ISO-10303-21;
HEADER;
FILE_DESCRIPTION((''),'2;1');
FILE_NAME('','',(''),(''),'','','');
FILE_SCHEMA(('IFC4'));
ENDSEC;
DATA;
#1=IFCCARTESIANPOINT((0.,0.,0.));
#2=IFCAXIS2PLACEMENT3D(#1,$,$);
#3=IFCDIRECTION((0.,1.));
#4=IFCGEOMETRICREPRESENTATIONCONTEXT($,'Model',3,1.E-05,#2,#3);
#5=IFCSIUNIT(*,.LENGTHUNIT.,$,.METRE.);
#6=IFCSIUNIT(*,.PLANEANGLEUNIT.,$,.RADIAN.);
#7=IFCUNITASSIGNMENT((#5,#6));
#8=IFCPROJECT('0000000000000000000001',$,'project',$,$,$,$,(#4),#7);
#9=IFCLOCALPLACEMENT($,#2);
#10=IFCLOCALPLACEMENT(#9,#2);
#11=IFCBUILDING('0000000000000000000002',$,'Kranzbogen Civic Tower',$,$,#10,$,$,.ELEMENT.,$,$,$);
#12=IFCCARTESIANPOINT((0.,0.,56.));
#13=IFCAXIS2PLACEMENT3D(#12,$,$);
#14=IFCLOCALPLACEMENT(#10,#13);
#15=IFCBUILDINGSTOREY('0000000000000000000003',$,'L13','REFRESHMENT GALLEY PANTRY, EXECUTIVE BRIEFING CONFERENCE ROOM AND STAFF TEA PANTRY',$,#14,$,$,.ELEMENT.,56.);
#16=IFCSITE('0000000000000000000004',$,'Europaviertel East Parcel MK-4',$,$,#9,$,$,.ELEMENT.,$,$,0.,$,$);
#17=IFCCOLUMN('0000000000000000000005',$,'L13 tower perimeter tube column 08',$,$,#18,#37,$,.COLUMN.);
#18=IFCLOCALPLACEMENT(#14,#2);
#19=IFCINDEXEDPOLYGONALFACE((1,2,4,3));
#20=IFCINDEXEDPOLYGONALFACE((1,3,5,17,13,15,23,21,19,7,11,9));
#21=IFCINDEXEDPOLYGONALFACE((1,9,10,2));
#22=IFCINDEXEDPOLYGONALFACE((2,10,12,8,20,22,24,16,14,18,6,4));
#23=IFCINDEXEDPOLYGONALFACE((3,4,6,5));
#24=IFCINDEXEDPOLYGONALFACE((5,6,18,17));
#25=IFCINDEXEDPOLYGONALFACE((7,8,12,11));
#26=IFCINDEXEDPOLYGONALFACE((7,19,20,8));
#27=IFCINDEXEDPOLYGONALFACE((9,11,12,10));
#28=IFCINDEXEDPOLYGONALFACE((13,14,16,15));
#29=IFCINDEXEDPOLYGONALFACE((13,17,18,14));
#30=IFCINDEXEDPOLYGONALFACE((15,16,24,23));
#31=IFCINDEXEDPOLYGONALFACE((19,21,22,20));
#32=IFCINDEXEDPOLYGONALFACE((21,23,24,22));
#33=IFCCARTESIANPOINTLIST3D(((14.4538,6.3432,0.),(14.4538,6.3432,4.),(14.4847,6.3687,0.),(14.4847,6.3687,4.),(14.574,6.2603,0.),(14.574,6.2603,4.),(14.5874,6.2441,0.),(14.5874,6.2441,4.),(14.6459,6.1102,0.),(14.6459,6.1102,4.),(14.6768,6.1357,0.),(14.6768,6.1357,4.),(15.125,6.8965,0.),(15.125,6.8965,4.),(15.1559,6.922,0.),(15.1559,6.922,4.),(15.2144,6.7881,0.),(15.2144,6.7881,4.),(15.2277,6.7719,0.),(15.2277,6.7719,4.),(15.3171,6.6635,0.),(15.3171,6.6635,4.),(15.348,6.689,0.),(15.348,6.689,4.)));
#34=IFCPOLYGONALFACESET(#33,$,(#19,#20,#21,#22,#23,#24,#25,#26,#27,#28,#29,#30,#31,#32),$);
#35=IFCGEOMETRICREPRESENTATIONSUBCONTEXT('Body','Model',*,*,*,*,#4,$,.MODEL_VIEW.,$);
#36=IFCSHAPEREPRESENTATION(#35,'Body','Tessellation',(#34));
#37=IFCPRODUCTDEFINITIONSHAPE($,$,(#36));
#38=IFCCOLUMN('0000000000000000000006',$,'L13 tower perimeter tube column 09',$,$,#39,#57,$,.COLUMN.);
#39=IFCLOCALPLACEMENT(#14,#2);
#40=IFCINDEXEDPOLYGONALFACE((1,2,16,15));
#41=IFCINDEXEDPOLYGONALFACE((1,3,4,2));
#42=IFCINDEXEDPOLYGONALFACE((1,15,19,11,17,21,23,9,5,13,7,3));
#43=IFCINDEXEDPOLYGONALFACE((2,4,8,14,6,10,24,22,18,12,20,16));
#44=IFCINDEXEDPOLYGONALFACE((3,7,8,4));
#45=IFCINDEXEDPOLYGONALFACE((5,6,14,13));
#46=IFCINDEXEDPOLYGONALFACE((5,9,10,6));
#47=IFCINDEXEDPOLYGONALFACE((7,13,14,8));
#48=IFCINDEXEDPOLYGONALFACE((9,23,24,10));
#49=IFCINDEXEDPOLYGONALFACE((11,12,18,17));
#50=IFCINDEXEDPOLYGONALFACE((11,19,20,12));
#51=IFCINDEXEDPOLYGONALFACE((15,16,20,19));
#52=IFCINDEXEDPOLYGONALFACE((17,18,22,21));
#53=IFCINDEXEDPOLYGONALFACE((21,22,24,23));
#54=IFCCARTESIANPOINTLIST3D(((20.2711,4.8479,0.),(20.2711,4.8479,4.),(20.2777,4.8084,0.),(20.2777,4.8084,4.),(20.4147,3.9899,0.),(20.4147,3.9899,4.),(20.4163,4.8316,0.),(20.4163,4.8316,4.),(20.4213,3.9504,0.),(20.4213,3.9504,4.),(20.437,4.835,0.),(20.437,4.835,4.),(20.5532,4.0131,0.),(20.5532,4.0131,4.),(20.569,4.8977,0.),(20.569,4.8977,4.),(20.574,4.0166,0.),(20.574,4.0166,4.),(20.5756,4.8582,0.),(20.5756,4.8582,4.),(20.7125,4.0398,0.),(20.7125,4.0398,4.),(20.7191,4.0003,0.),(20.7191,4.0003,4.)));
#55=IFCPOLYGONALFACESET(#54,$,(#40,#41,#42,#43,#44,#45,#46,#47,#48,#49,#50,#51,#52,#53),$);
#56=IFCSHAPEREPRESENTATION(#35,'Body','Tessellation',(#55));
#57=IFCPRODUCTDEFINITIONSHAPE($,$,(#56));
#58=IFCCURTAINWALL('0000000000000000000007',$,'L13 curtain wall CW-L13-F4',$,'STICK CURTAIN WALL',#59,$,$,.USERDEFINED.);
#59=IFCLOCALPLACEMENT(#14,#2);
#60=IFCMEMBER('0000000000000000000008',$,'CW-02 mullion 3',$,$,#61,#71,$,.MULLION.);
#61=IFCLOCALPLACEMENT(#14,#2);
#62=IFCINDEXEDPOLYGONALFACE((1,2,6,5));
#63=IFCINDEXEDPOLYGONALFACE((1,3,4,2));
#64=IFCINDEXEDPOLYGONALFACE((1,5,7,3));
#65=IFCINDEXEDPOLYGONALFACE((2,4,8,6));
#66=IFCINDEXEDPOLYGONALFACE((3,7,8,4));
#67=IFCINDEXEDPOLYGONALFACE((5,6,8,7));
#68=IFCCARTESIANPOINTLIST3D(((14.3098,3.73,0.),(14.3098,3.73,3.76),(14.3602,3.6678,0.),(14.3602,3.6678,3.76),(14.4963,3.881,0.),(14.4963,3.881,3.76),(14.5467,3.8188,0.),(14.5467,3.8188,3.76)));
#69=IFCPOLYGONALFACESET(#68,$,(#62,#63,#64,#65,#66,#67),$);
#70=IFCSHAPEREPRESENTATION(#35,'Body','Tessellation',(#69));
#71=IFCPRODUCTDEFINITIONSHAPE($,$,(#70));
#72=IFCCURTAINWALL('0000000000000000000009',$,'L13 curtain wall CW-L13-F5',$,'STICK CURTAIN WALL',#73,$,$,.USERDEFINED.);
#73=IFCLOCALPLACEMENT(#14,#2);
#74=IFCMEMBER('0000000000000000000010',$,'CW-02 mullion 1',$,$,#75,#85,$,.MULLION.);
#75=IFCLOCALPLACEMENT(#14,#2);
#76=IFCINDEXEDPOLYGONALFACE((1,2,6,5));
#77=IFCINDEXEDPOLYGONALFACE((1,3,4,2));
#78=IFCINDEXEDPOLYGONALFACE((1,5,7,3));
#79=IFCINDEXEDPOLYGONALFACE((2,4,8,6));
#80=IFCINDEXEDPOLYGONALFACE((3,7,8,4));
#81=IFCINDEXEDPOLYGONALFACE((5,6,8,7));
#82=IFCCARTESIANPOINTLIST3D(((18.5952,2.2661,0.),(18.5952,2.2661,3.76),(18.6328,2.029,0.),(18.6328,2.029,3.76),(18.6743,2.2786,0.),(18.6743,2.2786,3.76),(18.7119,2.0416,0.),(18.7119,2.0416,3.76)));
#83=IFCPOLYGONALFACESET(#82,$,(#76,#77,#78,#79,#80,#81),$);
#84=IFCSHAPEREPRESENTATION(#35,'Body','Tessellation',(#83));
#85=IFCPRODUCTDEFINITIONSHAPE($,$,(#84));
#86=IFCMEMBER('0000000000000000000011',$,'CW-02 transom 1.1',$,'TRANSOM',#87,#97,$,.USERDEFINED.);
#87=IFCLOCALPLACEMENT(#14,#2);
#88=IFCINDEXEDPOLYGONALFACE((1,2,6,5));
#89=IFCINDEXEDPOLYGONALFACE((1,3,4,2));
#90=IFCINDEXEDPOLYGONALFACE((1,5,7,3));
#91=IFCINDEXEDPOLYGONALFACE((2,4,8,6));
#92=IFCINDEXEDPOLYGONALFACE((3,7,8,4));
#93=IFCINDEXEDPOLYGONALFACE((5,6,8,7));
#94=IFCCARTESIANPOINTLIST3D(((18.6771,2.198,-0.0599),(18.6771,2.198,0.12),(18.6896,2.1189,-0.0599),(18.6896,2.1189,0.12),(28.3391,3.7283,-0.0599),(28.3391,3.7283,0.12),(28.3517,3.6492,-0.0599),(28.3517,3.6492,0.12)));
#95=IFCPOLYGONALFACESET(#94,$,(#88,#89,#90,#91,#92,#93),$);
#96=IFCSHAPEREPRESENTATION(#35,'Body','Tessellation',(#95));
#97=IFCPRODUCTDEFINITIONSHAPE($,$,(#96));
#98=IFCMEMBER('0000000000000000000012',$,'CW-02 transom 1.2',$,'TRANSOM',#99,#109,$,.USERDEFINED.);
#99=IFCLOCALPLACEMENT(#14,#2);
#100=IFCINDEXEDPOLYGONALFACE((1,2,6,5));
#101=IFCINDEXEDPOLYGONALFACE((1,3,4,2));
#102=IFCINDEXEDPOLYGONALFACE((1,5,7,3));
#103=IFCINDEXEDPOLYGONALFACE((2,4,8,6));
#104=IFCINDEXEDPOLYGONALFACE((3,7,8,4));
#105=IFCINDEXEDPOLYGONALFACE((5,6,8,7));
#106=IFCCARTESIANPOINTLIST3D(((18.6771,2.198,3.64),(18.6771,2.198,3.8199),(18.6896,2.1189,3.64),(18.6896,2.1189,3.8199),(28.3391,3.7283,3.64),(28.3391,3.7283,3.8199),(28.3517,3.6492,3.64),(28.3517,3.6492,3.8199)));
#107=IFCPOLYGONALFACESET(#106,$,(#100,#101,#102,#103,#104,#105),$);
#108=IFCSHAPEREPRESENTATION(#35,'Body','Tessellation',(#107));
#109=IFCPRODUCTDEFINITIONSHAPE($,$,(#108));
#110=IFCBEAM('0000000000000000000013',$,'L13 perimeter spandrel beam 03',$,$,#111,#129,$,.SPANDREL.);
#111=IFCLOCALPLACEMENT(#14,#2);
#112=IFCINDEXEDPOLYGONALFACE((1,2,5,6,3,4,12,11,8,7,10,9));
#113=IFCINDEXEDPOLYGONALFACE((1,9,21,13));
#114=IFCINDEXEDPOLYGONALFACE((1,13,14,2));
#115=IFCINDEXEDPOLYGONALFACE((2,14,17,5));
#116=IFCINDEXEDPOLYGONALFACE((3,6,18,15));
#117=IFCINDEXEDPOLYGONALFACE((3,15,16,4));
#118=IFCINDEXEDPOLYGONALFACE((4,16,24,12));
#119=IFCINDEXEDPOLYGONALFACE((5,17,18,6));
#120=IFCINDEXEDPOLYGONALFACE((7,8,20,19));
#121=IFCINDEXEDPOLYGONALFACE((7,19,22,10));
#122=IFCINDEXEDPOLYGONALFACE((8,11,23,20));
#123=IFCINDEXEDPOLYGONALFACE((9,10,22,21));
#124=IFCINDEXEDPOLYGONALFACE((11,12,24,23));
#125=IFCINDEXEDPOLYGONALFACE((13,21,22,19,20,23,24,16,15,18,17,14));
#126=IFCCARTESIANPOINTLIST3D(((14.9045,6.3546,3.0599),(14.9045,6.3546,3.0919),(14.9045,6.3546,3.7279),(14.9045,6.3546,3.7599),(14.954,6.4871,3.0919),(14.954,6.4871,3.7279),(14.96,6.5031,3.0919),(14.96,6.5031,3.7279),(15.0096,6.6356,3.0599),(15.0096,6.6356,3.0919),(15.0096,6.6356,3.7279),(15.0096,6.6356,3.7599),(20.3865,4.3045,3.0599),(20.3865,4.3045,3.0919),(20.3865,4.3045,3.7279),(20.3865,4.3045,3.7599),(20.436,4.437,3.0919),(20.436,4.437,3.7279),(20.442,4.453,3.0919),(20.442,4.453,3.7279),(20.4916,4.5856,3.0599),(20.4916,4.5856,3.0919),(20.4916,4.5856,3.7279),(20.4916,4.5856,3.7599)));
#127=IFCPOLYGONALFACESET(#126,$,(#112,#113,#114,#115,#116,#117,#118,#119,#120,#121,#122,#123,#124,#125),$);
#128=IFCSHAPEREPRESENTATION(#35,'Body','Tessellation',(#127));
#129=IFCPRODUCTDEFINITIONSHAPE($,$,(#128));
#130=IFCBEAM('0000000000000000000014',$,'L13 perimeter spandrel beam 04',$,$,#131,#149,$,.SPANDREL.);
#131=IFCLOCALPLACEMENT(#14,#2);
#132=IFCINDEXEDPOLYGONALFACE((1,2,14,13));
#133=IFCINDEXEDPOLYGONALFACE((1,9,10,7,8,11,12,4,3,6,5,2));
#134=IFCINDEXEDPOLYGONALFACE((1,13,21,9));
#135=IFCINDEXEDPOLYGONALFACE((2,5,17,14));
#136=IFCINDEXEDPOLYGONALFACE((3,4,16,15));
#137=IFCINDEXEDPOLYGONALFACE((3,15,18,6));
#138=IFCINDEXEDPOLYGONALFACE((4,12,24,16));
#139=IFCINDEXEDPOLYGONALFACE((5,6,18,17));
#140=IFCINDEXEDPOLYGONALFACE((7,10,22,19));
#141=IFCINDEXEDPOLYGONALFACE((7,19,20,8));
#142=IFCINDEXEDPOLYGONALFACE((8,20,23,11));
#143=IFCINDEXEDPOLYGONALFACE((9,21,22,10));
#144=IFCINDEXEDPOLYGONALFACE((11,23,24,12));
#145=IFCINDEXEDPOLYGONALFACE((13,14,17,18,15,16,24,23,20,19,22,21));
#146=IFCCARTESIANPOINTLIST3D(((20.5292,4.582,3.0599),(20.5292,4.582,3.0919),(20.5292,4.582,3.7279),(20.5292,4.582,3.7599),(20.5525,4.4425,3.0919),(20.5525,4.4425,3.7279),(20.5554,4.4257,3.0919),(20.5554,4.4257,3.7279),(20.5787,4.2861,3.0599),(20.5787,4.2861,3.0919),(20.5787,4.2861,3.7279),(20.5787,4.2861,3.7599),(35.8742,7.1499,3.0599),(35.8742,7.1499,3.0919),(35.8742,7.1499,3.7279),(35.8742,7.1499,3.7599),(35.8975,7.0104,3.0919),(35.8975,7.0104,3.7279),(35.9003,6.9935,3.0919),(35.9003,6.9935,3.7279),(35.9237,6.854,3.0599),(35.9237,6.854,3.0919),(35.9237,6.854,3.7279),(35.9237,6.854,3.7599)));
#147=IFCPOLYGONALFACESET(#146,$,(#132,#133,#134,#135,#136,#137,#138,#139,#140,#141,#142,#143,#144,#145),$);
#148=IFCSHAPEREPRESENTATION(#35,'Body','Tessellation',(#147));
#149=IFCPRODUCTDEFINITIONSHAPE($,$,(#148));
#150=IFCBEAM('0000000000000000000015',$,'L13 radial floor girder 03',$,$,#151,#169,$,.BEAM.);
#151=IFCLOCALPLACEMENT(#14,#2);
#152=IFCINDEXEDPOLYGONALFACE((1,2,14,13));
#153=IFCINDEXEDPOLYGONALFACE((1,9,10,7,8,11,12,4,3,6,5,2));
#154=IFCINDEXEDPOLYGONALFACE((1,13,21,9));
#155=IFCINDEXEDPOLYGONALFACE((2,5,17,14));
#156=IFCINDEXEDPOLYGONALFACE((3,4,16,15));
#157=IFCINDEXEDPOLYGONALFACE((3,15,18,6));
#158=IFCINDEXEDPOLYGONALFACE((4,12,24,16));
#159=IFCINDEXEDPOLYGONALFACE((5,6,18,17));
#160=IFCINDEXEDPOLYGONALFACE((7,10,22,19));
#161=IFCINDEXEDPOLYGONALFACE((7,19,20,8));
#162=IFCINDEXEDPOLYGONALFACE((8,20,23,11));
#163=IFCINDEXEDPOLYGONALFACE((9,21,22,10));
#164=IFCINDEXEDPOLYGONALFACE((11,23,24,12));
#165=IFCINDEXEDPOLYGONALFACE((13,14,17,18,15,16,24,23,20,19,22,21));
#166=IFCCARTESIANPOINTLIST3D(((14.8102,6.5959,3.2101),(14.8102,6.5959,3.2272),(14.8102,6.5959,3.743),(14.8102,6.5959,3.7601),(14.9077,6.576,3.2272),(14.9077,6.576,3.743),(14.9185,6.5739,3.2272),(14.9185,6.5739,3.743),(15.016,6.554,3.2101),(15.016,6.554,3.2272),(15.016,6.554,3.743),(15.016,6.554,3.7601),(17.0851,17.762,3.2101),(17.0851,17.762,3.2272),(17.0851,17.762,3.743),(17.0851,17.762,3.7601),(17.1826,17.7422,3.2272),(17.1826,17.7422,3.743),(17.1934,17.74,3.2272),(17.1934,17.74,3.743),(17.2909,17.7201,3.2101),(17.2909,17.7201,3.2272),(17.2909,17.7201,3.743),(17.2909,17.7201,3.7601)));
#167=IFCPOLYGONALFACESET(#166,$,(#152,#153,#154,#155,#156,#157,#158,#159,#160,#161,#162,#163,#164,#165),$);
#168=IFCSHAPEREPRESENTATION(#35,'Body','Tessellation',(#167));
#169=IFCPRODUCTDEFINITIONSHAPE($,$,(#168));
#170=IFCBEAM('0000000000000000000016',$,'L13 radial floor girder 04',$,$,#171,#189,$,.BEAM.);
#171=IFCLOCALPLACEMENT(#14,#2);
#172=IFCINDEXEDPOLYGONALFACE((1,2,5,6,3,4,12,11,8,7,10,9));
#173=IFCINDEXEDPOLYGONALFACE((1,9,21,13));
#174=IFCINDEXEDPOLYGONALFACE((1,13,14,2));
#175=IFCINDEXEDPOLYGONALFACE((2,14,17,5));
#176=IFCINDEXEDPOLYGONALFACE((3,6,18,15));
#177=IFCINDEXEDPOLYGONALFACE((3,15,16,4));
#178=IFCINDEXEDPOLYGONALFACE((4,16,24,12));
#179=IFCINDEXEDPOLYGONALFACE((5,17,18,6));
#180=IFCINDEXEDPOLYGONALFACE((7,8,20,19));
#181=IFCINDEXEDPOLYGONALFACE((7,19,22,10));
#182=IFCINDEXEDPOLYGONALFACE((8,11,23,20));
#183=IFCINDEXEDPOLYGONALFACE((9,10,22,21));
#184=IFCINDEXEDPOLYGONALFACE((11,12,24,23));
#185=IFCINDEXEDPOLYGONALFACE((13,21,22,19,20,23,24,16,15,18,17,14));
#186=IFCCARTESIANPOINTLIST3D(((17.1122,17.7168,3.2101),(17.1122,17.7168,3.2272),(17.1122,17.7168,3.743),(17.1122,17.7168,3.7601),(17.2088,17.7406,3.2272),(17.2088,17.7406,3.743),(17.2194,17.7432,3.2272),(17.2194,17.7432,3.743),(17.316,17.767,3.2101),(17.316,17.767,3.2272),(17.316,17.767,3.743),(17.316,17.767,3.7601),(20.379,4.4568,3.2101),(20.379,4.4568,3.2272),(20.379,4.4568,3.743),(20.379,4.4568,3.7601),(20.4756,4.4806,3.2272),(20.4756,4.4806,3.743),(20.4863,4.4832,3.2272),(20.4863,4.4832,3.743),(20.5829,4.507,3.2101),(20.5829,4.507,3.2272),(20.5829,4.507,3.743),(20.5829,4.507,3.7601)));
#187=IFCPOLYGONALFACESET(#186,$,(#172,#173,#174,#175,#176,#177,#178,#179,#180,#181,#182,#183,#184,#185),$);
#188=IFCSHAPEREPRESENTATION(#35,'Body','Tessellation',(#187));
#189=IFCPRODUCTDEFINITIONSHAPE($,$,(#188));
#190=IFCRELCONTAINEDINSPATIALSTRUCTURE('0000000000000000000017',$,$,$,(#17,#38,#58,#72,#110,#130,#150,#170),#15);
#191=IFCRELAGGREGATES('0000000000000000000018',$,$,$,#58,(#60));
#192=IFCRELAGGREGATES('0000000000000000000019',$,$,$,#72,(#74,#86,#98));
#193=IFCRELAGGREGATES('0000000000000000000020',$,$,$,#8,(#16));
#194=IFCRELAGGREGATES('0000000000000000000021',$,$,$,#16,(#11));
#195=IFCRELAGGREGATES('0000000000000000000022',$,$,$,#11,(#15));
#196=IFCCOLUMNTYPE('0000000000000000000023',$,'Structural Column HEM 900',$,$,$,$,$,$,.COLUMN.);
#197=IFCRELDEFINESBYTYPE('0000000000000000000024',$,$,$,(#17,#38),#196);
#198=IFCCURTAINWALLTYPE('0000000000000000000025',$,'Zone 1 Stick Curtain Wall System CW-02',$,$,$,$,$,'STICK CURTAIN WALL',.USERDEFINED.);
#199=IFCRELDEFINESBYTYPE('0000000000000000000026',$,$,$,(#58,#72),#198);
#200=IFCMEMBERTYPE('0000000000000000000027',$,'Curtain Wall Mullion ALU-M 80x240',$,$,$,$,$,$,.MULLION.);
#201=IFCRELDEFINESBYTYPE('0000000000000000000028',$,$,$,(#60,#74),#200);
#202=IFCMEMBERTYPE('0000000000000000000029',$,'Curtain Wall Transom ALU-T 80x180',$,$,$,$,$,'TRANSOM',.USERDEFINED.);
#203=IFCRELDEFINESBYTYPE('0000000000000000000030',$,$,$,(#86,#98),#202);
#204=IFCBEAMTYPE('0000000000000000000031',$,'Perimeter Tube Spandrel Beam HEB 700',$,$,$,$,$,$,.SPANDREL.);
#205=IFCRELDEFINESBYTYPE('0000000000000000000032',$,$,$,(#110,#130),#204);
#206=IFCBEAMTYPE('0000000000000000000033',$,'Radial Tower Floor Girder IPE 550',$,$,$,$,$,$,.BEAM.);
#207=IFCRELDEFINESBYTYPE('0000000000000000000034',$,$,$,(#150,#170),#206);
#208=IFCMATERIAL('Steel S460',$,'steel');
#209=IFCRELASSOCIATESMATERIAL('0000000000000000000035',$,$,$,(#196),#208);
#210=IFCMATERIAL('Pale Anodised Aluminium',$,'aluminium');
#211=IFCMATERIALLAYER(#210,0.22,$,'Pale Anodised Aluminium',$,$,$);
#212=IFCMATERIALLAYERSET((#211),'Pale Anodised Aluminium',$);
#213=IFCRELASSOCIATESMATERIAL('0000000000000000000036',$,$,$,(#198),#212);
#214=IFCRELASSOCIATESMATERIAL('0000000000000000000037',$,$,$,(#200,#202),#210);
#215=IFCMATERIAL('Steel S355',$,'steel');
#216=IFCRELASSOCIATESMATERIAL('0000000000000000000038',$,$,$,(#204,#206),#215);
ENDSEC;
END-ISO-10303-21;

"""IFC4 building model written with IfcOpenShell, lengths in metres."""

from ifc_helpers import new_model, si_unit, direction, frame, origin, origin_2d, place, context, subcontext, project, spatial, rectangle, i_section, extrude, material, layer, layer_set, material_profile, profile_set, type_object, element, aggregate, save


model = new_model("IFC4")

# Units and contexts
model_context = context("Model", 3, precision=1e-05, world=origin(), true_north=direction((0.0, 1.0)))
body_context = subcontext(model_context, "Body", "Model", "MODEL_VIEW")
ifc_project = project(units=[si_unit("LENGTHUNIT", "METRE"), si_unit("PLANEANGLEUNIT", "RADIAN")], contexts=[model_context])

# Site, building, storey
site_placement = place(None, origin())
site = spatial("IfcSite", under=ifc_project, at=site_placement, Name="Europaviertel East Parcel MK-4", CompositionType="ELEMENT", RefElevation=0.0)
building_placement = place(site_placement, origin())
building = spatial("IfcBuilding", under=site, at=building_placement, Name="Kranzbogen Civic Tower", CompositionType="ELEMENT")
storey_placement = place(building_placement, frame((0.0, 0.0, 56.0)))
storey = spatial("IfcBuildingStorey", under=building, at=storey_placement, Name="L13", Description="REFRESHMENT GALLEY PANTRY, EXECUTIVE BRIEFING CONFERENCE ROOM AND STAFF TEA PANTRY", CompositionType="ELEMENT", Elevation=56.0)

# Columns
ifc_material_1 = material(Name="Steel S460", Category="steel")
ifc_material_profile_1 = material_profile(ifc_material_1, i_section(OverallWidth=0.302, OverallDepth=0.9099, WebThickness=0.021, FlangeThickness=0.04, at=origin_2d()), Name="HEM 900")
ifc_profile_set_1 = profile_set([ifc_material_profile_1], Name="Steel S460")
column_type = type_object("IfcColumnType", Name="Structural Column HEM 900", PredefinedType="COLUMN", material=ifc_profile_set_1)
for number, where, z_axis, x_axis, name in (
    (1, (14.9009, 6.5161, 0.0), (0.0, 0.0, 1.0), (-0.636078, 0.771625, 0.0), "L13 tower perimeter tube column 08"),
    (2, (20.4951, 4.4241, 0.0), (0.0, 0.0, 1.0), (0.986286, 0.165048, 0.0), "L13 tower perimeter tube column 09"),
):
    element("IfcColumn", number, at=place(storey_placement, frame(where, z_axis=z_axis, x_axis=x_axis)), inside=storey, type_object=column_type, Name=name, PredefinedType="COLUMN", context=body_context, shape_type="SweptSolid", body=[
        extrude(i_section(OverallWidth=0.302, OverallDepth=0.9099, WebThickness=0.021, FlangeThickness=0.04, at=origin_2d()), origin(), (0.0, 0.0, 1.0), 4.0),
    ])

# Curtain wall, member
ifc_material_2 = material(Name="Pale Anodised Aluminium", Category="aluminium")
ifc_layer_1 = layer(ifc_material_2, 0.22, Name="Pale Anodised Aluminium")
ifc_layer_set_1 = layer_set([ifc_layer_1], Name="Pale Anodised Aluminium")
curtain_wall_type = type_object("IfcCurtainWallType", Name="Zone 1 Stick Curtain Wall System CW-02", ElementType="STICK CURTAIN WALL", PredefinedType="USERDEFINED", material=ifc_layer_set_1)
curtain_wall_1_placement = place(storey_placement, origin())
curtain_wall_1 = element("IfcCurtainWall", 3, at=curtain_wall_1_placement, inside=storey, type_object=curtain_wall_type, Name="L13 curtain wall CW-L13-F4", ObjectType="STICK CURTAIN WALL", PredefinedType="USERDEFINED")
ifc_material_profile_2 = material_profile(ifc_material_2, rectangle(XDim=0.0801, YDim=0.24, at=origin_2d()), Name="ALU-M 80x240")
ifc_profile_set_2 = profile_set([ifc_material_profile_2], Name="Pale Anodised Aluminium")
member_type_1 = type_object("IfcMemberType", Name="Curtain Wall Mullion ALU-M 80x240", PredefinedType="MULLION", material=ifc_profile_set_2)
member_1_placement = place(storey_placement, frame((14.4282, 3.7744, 0.0), z_axis=(0.0, 0.0, 1.0), x_axis=(0.629255, -0.777199, 0.0)))
member_1 = element("IfcMember", 4, at=member_1_placement, type_object=member_type_1, Name="CW-02 mullion 3", PredefinedType="MULLION", context=body_context, shape_type="SweptSolid", body=[
    extrude(rectangle(XDim=0.0801, YDim=0.24, at=origin_2d()), origin(), (0.0, 0.0, 1.0), 3.76),
])
aggregate(curtain_wall_1, [member_1])

# Curtain wall, members
curtain_wall_2_placement = place(storey_placement, origin())
curtain_wall_2 = element("IfcCurtainWall", 5, at=curtain_wall_2_placement, inside=storey, type_object=curtain_wall_type, Name="L13 curtain wall CW-L13-F5", ObjectType="STICK CURTAIN WALL", PredefinedType="USERDEFINED")
member_2_placement = place(storey_placement, frame((18.6536, 2.1538, 0.0), z_axis=(0.0, 0.0, 1.0), x_axis=(0.987687, 0.156444, 0.0)))
member_2 = element("IfcMember", 6, at=member_2_placement, type_object=member_type_1, Name="CW-02 mullion 1", PredefinedType="MULLION", context=body_context, shape_type="SweptSolid", body=[
    extrude(rectangle(XDim=0.0801, YDim=0.24, at=origin_2d()), origin(), (0.0, 0.0, 1.0), 3.76),
])
ifc_material_profile_3 = material_profile(ifc_material_2, rectangle(XDim=0.0801, YDim=0.1799, at=origin_2d()), Name="ALU-T 80x180")
ifc_profile_set_3 = profile_set([ifc_material_profile_3], Name="Pale Anodised Aluminium")
member_type_2 = type_object("IfcMemberType", Name="Curtain Wall Transom ALU-T 80x180", ElementType="TRANSOM", PredefinedType="USERDEFINED", material=ifc_profile_set_3)
member_3_placement = place(storey_placement, frame((18.6833, 2.1584, 0.03), z_axis=(0.987689, 0.156429, 0.0), x_axis=(-0.156429, 0.987689, 0.0)))
member_3 = element("IfcMember", 7, at=member_3_placement, type_object=member_type_2, Name="CW-02 transom 1.1", ObjectType="TRANSOM", PredefinedType="USERDEFINED", context=body_context, shape_type="SweptSolid", body=[
    extrude(rectangle(XDim=0.0801, YDim=0.1799, at=origin_2d()), origin(), (0.0, 0.0, 1.0), 9.7825),
])
member_4_placement = place(storey_placement, frame((18.6833, 2.1584, 3.73), z_axis=(0.987689, 0.156429, 0.0), x_axis=(-0.156429, 0.987689, 0.0)))
member_4 = element("IfcMember", 8, at=member_4_placement, type_object=member_type_2, Name="CW-02 transom 1.2", ObjectType="TRANSOM", PredefinedType="USERDEFINED", context=body_context, shape_type="SweptSolid", body=[
    extrude(rectangle(XDim=0.0801, YDim=0.1799, at=origin_2d()), origin(), (0.0, 0.0, 1.0), 9.7825),
])
aggregate(curtain_wall_2, [member_2, member_3, member_4])

# Beams
ifc_material_3 = material(Name="Steel S355", Category="steel")
ifc_material_profile_4 = material_profile(ifc_material_3, i_section(OverallWidth=0.3, OverallDepth=0.7, WebThickness=0.0171, FlangeThickness=0.032, at=origin_2d()), Name="HEB 700")
ifc_profile_set_4 = profile_set([ifc_material_profile_4], Name="Steel S355")
beam_type_1 = type_object("IfcBeamType", Name="Perimeter Tube Spandrel Beam HEB 700", PredefinedType="SPANDREL", material=ifc_profile_set_4)
beam_1_placement = place(storey_placement, frame((14.957, 6.4951, 3.4099), z_axis=(0.936648, -0.350273, 0.0), x_axis=(0.350273, 0.936648, 0.0)))
element("IfcBeam", 9, at=beam_1_placement, inside=storey, type_object=beam_type_1, Name="L13 perimeter spandrel beam 03", PredefinedType="SPANDREL", context=body_context, shape_type="SweptSolid", body=[
    extrude(i_section(OverallWidth=0.3, OverallDepth=0.7, WebThickness=0.0171, FlangeThickness=0.032, at=origin_2d()), origin(), (0.0, 0.0, 1.0), 5.8528),
])
beam_2_placement = place(storey_placement, frame((20.554, 4.4341, 3.4099), z_axis=(0.986286, 0.165048, 0.0), x_axis=(-0.165048, 0.986286, 0.0)))
element("IfcBeam", 10, at=beam_2_placement, inside=storey, type_object=beam_type_1, Name="L13 perimeter spandrel beam 04", PredefinedType="SPANDREL", context=body_context, shape_type="SweptSolid", body=[
    extrude(i_section(OverallWidth=0.3, OverallDepth=0.7, WebThickness=0.0171, FlangeThickness=0.032, at=origin_2d()), origin(), (0.0, 0.0, 1.0), 15.5583),
])
ifc_material_profile_5 = material_profile(ifc_material_3, i_section(OverallWidth=0.21, OverallDepth=0.55, WebThickness=0.011, FlangeThickness=0.0171, at=origin_2d()), Name="IPE 550")
ifc_profile_set_5 = profile_set([ifc_material_profile_5], Name="Steel S355")
beam_type_2 = type_object("IfcBeamType", Name="Radial Tower Floor Girder IPE 550", PredefinedType="BEAM", material=ifc_profile_set_5)
beam_3_placement = place(storey_placement, frame((14.9131, 6.575, 3.4851), z_axis=(0.199633, 0.979871, 0.0), x_axis=(-0.979871, 0.199633, 0.0)))
element("IfcBeam", 11, at=beam_3_placement, inside=storey, type_object=beam_type_2, Name="L13 radial floor girder 03", PredefinedType="BEAM", context=body_context, shape_type="SweptSolid", body=[
    extrude(i_section(OverallWidth=0.21, OverallDepth=0.55, WebThickness=0.011, FlangeThickness=0.0171, at=origin_2d()), origin(), (0.0, 0.0, 1.0), 11.3955),
])
beam_4_placement = place(storey_placement, frame((20.481, 4.4819, 3.4851), z_axis=(-0.239215, 0.970967, 0.0), x_axis=(-0.970967, -0.239215, 0.0)))
element("IfcBeam", 12, at=beam_4_placement, inside=storey, type_object=beam_type_2, Name="L13 radial floor girder 04", PredefinedType="BEAM", context=body_context, shape_type="SweptSolid", body=[
    extrude(i_section(OverallWidth=0.21, OverallDepth=0.55, WebThickness=0.011, FlangeThickness=0.0171, at=origin_2d()), origin(), (0.0, 0.0, 1.0), 13.6565),
])

save(model, "model.ifc")
